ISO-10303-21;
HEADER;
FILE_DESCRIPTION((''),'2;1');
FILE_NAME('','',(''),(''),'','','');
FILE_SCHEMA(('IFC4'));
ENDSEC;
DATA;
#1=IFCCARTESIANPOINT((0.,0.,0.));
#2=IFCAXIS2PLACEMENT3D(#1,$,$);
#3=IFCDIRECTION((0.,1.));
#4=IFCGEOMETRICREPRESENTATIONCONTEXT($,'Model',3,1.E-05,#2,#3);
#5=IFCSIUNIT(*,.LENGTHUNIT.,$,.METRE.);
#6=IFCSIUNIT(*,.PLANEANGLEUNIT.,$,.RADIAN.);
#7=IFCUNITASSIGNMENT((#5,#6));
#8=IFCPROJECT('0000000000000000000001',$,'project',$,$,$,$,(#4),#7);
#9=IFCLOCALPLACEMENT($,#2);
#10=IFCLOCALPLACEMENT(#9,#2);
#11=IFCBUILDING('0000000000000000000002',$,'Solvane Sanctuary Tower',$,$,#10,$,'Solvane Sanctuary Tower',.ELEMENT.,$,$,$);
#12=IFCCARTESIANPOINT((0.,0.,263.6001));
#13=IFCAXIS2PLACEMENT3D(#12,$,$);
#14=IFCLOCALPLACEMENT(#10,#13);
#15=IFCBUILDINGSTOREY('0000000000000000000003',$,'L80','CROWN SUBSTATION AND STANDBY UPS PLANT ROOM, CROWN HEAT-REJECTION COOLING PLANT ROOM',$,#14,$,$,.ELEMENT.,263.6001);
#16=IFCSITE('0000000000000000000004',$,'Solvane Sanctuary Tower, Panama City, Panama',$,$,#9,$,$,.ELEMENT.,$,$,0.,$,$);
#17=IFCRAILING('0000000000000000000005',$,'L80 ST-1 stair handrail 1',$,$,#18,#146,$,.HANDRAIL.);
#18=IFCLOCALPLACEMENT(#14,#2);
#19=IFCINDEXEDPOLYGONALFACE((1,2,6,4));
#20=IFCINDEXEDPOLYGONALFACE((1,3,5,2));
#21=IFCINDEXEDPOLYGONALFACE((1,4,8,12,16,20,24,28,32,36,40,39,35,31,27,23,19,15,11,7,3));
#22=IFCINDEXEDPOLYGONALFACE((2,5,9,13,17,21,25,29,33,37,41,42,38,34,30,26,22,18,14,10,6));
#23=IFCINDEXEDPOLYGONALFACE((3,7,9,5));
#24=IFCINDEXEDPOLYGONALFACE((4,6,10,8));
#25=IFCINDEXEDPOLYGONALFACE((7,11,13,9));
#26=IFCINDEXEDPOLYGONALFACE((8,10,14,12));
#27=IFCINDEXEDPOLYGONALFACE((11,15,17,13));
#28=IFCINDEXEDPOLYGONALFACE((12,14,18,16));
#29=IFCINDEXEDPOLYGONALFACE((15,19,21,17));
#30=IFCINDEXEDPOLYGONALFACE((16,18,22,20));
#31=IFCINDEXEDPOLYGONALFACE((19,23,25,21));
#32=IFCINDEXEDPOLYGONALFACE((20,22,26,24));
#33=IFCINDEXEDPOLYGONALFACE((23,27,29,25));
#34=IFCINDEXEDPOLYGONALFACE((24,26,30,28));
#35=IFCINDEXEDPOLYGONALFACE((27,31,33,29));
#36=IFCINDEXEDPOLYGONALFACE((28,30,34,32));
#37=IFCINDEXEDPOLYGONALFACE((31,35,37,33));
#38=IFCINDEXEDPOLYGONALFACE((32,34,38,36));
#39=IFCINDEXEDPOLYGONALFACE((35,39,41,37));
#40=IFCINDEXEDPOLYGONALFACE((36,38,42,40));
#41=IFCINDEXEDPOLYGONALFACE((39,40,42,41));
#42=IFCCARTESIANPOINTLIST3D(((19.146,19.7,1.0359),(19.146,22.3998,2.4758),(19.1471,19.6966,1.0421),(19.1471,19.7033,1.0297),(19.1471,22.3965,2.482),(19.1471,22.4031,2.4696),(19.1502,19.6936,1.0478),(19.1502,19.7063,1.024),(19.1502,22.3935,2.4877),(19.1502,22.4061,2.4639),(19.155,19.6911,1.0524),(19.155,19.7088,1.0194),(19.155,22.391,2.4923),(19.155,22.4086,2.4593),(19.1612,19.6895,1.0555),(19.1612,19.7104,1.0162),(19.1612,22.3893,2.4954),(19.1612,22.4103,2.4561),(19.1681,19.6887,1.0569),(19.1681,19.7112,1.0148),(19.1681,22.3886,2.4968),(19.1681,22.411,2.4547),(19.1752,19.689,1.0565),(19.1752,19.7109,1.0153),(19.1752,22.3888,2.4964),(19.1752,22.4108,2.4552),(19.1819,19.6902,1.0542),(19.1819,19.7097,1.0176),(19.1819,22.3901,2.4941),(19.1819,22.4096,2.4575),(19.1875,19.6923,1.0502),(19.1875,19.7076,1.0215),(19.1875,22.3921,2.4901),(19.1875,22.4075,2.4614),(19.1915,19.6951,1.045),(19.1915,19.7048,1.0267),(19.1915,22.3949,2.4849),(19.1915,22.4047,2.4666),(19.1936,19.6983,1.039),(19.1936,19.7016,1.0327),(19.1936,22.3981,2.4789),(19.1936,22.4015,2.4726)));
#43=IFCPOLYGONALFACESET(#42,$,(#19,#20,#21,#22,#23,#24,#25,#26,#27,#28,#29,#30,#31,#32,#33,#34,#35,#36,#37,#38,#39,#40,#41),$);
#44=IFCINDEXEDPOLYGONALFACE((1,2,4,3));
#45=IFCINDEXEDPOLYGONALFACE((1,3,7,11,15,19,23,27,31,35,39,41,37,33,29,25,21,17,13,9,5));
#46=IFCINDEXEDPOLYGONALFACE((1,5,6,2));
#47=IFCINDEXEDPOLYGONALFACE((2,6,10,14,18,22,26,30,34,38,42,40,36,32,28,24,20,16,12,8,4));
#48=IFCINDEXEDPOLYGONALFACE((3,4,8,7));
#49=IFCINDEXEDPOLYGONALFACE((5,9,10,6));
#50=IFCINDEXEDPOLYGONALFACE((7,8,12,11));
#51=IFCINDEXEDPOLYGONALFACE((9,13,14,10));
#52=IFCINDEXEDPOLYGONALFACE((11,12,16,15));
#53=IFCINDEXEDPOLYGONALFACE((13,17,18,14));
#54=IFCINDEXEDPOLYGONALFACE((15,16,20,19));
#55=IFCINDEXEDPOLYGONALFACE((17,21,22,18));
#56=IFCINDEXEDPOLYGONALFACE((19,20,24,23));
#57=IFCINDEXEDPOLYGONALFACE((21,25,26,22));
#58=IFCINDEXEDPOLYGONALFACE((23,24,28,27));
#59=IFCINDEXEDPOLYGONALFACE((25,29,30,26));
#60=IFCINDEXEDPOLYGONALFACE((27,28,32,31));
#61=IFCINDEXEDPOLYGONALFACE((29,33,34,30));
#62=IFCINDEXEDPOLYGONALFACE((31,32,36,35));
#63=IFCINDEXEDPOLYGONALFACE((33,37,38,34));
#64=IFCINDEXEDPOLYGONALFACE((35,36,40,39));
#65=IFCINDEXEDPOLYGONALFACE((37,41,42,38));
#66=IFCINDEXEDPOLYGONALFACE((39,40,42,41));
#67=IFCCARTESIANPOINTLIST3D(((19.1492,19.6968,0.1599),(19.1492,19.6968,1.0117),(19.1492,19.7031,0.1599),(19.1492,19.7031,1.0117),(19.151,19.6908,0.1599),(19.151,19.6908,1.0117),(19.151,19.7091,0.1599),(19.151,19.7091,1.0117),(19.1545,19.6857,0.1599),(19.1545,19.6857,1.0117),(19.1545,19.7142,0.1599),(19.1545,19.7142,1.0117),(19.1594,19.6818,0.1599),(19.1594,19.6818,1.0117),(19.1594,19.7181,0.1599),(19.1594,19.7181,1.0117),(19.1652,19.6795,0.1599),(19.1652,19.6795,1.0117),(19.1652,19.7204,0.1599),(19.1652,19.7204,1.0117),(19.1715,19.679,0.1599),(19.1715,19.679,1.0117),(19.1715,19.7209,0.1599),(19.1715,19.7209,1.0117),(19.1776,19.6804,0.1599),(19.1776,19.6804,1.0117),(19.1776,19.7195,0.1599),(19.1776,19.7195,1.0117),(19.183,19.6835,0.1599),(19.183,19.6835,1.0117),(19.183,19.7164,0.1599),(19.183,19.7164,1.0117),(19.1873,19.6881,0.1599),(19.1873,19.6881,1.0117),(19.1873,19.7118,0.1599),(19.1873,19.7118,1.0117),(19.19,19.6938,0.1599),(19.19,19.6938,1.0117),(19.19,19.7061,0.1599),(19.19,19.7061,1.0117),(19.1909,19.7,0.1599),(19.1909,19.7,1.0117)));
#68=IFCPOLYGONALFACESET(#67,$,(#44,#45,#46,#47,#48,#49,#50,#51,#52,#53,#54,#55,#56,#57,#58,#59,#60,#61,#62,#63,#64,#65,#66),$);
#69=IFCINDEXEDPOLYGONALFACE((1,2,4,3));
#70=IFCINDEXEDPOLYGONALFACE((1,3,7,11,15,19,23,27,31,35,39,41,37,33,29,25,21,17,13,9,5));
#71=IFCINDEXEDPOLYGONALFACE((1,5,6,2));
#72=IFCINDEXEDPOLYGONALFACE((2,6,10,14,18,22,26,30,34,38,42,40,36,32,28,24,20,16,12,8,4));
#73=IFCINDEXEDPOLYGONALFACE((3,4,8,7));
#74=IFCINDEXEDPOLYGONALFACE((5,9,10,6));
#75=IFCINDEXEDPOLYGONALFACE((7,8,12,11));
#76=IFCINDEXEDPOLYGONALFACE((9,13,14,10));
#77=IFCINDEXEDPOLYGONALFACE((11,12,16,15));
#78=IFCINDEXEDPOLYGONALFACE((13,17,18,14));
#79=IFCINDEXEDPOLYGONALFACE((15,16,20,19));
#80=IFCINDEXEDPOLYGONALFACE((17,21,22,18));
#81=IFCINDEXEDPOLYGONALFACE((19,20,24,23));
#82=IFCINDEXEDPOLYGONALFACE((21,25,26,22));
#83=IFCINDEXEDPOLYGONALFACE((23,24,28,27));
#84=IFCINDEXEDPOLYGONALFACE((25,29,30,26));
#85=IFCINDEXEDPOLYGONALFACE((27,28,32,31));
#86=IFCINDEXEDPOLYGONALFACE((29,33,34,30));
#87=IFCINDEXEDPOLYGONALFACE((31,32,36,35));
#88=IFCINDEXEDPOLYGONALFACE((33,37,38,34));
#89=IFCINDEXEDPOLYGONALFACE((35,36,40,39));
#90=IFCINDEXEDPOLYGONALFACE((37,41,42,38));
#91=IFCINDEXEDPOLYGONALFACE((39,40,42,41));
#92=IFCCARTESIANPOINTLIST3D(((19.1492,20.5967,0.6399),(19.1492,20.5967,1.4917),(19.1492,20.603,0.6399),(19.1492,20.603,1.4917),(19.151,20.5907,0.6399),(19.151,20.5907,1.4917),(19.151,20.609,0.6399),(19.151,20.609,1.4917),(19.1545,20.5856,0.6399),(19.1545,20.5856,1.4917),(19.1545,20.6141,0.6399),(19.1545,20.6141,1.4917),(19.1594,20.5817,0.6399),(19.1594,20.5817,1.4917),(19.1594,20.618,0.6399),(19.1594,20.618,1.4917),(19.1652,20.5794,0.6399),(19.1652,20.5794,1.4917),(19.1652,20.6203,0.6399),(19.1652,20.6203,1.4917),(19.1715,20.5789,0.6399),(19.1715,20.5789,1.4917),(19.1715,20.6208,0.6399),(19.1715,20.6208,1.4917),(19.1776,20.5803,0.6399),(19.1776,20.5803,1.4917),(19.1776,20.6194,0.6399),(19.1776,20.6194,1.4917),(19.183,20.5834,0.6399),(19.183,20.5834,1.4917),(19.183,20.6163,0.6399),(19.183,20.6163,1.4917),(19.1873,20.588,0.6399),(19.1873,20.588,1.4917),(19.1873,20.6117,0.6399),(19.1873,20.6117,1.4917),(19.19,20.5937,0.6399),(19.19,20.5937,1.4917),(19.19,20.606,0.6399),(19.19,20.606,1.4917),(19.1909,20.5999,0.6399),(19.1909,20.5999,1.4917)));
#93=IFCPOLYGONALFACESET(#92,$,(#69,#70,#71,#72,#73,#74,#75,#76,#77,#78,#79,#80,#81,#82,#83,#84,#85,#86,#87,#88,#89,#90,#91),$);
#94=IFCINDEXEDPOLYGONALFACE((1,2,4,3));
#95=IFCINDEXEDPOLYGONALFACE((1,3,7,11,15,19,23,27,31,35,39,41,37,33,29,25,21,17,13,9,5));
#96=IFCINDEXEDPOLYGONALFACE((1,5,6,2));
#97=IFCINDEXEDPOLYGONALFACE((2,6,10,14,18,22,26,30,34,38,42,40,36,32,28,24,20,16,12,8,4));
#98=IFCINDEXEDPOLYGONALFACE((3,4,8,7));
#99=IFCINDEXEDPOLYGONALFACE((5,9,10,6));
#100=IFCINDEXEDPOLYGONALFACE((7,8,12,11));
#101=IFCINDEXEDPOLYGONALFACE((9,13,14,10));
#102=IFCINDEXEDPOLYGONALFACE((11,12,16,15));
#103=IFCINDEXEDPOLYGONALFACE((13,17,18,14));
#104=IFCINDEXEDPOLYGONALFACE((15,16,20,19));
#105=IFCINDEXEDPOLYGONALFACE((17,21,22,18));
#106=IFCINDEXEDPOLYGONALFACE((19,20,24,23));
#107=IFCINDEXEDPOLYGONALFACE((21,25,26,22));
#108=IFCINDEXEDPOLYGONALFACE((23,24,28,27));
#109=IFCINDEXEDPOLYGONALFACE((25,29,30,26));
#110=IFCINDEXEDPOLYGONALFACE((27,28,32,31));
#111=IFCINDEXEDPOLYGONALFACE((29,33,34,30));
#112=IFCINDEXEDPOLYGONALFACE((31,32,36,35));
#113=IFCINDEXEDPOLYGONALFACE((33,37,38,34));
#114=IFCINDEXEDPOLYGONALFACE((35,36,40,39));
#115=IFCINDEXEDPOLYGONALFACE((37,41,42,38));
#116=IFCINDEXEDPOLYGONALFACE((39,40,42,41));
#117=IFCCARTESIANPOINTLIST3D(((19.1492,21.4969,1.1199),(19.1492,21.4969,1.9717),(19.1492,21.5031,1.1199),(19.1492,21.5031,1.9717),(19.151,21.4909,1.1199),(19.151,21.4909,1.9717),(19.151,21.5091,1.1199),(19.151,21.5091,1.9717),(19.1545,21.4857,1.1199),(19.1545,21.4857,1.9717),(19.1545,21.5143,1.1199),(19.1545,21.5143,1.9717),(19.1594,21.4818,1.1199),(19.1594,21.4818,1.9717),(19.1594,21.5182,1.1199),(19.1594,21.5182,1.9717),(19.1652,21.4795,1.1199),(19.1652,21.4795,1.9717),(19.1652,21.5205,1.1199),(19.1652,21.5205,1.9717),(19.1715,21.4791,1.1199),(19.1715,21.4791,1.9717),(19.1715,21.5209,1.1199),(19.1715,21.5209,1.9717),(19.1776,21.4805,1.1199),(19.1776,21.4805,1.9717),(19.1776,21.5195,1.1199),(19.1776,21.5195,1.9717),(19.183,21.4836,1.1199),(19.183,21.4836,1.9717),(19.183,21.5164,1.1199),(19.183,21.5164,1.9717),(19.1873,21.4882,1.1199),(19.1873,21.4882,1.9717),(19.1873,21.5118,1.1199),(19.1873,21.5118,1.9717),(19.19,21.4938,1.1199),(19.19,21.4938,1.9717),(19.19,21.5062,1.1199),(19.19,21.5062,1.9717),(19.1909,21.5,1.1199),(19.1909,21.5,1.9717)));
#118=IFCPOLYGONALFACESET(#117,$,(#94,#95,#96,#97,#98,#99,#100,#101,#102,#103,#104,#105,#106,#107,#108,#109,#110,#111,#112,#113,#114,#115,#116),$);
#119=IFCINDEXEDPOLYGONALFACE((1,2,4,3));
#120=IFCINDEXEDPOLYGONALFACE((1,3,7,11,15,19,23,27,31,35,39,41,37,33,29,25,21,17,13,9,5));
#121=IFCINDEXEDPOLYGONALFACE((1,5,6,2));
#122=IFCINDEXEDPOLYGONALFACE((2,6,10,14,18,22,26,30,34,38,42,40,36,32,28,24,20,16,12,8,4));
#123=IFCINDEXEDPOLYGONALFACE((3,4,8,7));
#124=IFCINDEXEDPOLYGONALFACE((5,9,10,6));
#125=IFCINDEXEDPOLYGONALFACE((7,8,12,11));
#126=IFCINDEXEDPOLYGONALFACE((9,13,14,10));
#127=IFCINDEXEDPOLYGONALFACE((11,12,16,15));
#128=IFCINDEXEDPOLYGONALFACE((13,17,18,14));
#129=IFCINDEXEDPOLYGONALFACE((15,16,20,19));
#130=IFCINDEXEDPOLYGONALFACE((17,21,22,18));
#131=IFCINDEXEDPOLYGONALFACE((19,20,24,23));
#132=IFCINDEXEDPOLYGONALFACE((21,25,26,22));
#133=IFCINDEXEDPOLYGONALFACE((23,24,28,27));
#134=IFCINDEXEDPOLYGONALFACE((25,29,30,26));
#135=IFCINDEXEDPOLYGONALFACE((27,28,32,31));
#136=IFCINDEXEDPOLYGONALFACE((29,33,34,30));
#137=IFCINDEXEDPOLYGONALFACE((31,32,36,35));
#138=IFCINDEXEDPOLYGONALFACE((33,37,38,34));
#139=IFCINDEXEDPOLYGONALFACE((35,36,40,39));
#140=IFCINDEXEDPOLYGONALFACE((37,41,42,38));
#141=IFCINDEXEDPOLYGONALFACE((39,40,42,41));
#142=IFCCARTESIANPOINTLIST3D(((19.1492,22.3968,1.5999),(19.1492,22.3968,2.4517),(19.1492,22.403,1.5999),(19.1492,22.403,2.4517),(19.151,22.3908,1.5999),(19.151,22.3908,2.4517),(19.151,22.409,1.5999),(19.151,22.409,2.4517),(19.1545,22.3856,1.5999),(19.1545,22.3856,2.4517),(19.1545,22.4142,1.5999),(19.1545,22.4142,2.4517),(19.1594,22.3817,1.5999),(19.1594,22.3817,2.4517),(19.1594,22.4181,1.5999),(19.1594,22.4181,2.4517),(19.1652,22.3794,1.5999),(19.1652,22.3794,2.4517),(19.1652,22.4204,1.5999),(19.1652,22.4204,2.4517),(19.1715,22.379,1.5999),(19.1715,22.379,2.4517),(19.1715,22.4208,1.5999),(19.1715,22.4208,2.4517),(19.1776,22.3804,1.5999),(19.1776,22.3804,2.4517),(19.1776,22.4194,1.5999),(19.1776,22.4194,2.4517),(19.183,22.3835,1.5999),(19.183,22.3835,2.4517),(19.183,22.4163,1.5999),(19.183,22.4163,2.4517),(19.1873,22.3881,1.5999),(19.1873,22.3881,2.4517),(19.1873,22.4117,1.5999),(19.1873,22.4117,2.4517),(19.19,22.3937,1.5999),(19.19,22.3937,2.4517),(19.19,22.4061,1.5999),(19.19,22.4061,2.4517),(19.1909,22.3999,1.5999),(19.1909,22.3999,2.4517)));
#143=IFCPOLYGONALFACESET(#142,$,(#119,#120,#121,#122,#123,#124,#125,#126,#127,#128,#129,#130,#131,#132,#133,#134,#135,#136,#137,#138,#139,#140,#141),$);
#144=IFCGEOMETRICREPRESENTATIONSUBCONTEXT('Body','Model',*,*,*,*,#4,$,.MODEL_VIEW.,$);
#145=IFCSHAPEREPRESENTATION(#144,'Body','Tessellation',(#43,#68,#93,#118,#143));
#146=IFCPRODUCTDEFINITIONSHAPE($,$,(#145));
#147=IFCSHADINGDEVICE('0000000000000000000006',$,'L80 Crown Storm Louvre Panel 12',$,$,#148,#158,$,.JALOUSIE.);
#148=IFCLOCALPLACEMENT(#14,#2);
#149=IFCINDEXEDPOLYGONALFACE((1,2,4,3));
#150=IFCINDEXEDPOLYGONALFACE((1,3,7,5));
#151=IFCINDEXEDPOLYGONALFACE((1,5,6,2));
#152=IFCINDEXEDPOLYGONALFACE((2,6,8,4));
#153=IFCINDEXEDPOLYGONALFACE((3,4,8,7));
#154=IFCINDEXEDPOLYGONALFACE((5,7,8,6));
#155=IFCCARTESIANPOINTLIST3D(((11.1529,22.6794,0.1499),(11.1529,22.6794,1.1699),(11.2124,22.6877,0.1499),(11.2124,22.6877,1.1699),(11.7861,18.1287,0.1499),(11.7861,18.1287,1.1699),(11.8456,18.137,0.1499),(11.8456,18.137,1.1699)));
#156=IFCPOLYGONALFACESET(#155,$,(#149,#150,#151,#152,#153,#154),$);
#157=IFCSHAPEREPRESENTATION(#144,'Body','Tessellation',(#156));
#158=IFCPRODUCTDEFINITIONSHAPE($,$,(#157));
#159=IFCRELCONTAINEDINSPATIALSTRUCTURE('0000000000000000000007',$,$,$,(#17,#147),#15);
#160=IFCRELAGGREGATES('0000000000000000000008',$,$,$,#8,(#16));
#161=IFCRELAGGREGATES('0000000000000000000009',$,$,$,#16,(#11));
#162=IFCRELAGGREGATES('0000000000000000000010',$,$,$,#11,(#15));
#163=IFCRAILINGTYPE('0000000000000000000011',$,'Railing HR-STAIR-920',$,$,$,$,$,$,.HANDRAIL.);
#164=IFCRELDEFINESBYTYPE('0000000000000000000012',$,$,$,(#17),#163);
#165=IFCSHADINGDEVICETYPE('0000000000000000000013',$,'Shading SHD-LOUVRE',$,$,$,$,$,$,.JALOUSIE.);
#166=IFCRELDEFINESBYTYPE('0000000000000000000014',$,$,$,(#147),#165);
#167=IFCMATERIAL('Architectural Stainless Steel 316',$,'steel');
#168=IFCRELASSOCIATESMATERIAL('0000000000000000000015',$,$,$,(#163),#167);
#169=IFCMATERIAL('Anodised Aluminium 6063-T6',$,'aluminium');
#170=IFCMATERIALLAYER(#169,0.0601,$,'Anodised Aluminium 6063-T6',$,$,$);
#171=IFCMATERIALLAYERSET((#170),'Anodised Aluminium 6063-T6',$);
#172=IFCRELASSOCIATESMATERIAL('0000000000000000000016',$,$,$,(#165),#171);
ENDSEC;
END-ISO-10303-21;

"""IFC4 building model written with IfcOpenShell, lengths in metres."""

from ifc_helpers import new_model, si_unit, direction, frame, origin, origin_2d, place, context, subcontext, project, spatial, rectangle, circle, extrude, material, layer, layer_set, type_object, element, save


model = new_model("IFC4")

# Units and contexts
model_context = context("Model", 3, precision=1e-05, world=origin(), true_north=direction((0.0, 1.0)))
body_context = subcontext(model_context, "Body", "Model", "MODEL_VIEW")
ifc_project = project(units=[si_unit("LENGTHUNIT", "METRE"), si_unit("PLANEANGLEUNIT", "RADIAN")], contexts=[model_context])

# Site, building, storey
site_placement = place(None, origin())
site = spatial("IfcSite", under=ifc_project, at=site_placement, Name="Solvane Sanctuary Tower, Panama City, Panama", CompositionType="ELEMENT", RefElevation=0.0)
building_placement = place(site_placement, origin())
building = spatial("IfcBuilding", under=site, at=building_placement, Name="Solvane Sanctuary Tower", LongName="Solvane Sanctuary Tower", CompositionType="ELEMENT")
storey_placement = place(building_placement, frame((0.0, 0.0, 263.6001)))
storey = spatial("IfcBuildingStorey", under=building, at=storey_placement, Name="L80", Description="CROWN SUBSTATION AND STANDBY UPS PLANT ROOM, CROWN HEAT-REJECTION COOLING PLANT ROOM", CompositionType="ELEMENT", Elevation=263.6001)

# Shared definitions
ifc_material_1 = material(Name="Anodised Aluminium 6063-T6", Category="aluminium")

# Shared definitions
ifc_material_2 = material(Name="Architectural Stainless Steel 316", Category="steel")

# Railing
railing_type_1 = type_object("IfcRailingType", Name="Railing HR-STAIR-920", PredefinedType="HANDRAIL", material=ifc_material_2)
railing_1_placement = place(storey_placement, frame((19.1699, 19.7, 0.1599)))
element("IfcRailing", 1, at=railing_1_placement, inside=storey, type_object=railing_type_1, Name="L80 ST-1 stair handrail 1", PredefinedType="HANDRAIL", context=body_context, shape_type="SweptSolid", body=[
    extrude(circle(Radius=0.0239, at=origin_2d()), frame((0.0, 0.0, 0.876), z_axis=(0.0, 0.882357, 0.47058), x_axis=(-1.0, 0.0, 0.0)), (0.0, 0.0, 1.0), 3.0598),
    extrude(circle(Radius=0.021, at=origin_2d()), origin(), (0.0, 0.0, 1.0), 0.8518),
    extrude(circle(Radius=0.021, at=origin_2d()), frame((0.0, 0.8999, 0.48)), (0.0, 0.0, 1.0), 0.8518),
    extrude(circle(Radius=0.021, at=origin_2d()), frame((0.0, 1.8, 0.96)), (0.0, 0.0, 1.0), 0.8518),
    extrude(circle(Radius=0.021, at=origin_2d()), frame((0.0, 2.7, 1.4399)), (0.0, 0.0, 1.0), 0.8518),
])

# Shading device
ifc_layer_1 = layer(ifc_material_1, 0.0601, Name="Anodised Aluminium 6063-T6")
ifc_layer_set_1 = layer_set([ifc_layer_1], Name="Anodised Aluminium 6063-T6")
shading_device_type = type_object("IfcShadingDeviceType", Name="Shading SHD-LOUVRE", PredefinedType="JALOUSIE", material=ifc_layer_set_1)
shading_device_placement = place(storey_placement, frame((11.4993, 20.4082, 0.1499), z_axis=(0.0, 0.0, 1.0), x_axis=(0.137816, -0.990458, 0.0)))
element("IfcShadingDevice", 2, at=shading_device_placement, inside=storey, type_object=shading_device_type, Name="L80 Crown Storm Louvre Panel 12", PredefinedType="JALOUSIE", context=body_context, shape_type="SweptSolid", body=[
    extrude(rectangle(XDim=4.5945, YDim=0.0601, at=origin_2d()), origin(), (0.0, 0.0, 1.0), 1.02),
])

save(model, "model.ifc")
